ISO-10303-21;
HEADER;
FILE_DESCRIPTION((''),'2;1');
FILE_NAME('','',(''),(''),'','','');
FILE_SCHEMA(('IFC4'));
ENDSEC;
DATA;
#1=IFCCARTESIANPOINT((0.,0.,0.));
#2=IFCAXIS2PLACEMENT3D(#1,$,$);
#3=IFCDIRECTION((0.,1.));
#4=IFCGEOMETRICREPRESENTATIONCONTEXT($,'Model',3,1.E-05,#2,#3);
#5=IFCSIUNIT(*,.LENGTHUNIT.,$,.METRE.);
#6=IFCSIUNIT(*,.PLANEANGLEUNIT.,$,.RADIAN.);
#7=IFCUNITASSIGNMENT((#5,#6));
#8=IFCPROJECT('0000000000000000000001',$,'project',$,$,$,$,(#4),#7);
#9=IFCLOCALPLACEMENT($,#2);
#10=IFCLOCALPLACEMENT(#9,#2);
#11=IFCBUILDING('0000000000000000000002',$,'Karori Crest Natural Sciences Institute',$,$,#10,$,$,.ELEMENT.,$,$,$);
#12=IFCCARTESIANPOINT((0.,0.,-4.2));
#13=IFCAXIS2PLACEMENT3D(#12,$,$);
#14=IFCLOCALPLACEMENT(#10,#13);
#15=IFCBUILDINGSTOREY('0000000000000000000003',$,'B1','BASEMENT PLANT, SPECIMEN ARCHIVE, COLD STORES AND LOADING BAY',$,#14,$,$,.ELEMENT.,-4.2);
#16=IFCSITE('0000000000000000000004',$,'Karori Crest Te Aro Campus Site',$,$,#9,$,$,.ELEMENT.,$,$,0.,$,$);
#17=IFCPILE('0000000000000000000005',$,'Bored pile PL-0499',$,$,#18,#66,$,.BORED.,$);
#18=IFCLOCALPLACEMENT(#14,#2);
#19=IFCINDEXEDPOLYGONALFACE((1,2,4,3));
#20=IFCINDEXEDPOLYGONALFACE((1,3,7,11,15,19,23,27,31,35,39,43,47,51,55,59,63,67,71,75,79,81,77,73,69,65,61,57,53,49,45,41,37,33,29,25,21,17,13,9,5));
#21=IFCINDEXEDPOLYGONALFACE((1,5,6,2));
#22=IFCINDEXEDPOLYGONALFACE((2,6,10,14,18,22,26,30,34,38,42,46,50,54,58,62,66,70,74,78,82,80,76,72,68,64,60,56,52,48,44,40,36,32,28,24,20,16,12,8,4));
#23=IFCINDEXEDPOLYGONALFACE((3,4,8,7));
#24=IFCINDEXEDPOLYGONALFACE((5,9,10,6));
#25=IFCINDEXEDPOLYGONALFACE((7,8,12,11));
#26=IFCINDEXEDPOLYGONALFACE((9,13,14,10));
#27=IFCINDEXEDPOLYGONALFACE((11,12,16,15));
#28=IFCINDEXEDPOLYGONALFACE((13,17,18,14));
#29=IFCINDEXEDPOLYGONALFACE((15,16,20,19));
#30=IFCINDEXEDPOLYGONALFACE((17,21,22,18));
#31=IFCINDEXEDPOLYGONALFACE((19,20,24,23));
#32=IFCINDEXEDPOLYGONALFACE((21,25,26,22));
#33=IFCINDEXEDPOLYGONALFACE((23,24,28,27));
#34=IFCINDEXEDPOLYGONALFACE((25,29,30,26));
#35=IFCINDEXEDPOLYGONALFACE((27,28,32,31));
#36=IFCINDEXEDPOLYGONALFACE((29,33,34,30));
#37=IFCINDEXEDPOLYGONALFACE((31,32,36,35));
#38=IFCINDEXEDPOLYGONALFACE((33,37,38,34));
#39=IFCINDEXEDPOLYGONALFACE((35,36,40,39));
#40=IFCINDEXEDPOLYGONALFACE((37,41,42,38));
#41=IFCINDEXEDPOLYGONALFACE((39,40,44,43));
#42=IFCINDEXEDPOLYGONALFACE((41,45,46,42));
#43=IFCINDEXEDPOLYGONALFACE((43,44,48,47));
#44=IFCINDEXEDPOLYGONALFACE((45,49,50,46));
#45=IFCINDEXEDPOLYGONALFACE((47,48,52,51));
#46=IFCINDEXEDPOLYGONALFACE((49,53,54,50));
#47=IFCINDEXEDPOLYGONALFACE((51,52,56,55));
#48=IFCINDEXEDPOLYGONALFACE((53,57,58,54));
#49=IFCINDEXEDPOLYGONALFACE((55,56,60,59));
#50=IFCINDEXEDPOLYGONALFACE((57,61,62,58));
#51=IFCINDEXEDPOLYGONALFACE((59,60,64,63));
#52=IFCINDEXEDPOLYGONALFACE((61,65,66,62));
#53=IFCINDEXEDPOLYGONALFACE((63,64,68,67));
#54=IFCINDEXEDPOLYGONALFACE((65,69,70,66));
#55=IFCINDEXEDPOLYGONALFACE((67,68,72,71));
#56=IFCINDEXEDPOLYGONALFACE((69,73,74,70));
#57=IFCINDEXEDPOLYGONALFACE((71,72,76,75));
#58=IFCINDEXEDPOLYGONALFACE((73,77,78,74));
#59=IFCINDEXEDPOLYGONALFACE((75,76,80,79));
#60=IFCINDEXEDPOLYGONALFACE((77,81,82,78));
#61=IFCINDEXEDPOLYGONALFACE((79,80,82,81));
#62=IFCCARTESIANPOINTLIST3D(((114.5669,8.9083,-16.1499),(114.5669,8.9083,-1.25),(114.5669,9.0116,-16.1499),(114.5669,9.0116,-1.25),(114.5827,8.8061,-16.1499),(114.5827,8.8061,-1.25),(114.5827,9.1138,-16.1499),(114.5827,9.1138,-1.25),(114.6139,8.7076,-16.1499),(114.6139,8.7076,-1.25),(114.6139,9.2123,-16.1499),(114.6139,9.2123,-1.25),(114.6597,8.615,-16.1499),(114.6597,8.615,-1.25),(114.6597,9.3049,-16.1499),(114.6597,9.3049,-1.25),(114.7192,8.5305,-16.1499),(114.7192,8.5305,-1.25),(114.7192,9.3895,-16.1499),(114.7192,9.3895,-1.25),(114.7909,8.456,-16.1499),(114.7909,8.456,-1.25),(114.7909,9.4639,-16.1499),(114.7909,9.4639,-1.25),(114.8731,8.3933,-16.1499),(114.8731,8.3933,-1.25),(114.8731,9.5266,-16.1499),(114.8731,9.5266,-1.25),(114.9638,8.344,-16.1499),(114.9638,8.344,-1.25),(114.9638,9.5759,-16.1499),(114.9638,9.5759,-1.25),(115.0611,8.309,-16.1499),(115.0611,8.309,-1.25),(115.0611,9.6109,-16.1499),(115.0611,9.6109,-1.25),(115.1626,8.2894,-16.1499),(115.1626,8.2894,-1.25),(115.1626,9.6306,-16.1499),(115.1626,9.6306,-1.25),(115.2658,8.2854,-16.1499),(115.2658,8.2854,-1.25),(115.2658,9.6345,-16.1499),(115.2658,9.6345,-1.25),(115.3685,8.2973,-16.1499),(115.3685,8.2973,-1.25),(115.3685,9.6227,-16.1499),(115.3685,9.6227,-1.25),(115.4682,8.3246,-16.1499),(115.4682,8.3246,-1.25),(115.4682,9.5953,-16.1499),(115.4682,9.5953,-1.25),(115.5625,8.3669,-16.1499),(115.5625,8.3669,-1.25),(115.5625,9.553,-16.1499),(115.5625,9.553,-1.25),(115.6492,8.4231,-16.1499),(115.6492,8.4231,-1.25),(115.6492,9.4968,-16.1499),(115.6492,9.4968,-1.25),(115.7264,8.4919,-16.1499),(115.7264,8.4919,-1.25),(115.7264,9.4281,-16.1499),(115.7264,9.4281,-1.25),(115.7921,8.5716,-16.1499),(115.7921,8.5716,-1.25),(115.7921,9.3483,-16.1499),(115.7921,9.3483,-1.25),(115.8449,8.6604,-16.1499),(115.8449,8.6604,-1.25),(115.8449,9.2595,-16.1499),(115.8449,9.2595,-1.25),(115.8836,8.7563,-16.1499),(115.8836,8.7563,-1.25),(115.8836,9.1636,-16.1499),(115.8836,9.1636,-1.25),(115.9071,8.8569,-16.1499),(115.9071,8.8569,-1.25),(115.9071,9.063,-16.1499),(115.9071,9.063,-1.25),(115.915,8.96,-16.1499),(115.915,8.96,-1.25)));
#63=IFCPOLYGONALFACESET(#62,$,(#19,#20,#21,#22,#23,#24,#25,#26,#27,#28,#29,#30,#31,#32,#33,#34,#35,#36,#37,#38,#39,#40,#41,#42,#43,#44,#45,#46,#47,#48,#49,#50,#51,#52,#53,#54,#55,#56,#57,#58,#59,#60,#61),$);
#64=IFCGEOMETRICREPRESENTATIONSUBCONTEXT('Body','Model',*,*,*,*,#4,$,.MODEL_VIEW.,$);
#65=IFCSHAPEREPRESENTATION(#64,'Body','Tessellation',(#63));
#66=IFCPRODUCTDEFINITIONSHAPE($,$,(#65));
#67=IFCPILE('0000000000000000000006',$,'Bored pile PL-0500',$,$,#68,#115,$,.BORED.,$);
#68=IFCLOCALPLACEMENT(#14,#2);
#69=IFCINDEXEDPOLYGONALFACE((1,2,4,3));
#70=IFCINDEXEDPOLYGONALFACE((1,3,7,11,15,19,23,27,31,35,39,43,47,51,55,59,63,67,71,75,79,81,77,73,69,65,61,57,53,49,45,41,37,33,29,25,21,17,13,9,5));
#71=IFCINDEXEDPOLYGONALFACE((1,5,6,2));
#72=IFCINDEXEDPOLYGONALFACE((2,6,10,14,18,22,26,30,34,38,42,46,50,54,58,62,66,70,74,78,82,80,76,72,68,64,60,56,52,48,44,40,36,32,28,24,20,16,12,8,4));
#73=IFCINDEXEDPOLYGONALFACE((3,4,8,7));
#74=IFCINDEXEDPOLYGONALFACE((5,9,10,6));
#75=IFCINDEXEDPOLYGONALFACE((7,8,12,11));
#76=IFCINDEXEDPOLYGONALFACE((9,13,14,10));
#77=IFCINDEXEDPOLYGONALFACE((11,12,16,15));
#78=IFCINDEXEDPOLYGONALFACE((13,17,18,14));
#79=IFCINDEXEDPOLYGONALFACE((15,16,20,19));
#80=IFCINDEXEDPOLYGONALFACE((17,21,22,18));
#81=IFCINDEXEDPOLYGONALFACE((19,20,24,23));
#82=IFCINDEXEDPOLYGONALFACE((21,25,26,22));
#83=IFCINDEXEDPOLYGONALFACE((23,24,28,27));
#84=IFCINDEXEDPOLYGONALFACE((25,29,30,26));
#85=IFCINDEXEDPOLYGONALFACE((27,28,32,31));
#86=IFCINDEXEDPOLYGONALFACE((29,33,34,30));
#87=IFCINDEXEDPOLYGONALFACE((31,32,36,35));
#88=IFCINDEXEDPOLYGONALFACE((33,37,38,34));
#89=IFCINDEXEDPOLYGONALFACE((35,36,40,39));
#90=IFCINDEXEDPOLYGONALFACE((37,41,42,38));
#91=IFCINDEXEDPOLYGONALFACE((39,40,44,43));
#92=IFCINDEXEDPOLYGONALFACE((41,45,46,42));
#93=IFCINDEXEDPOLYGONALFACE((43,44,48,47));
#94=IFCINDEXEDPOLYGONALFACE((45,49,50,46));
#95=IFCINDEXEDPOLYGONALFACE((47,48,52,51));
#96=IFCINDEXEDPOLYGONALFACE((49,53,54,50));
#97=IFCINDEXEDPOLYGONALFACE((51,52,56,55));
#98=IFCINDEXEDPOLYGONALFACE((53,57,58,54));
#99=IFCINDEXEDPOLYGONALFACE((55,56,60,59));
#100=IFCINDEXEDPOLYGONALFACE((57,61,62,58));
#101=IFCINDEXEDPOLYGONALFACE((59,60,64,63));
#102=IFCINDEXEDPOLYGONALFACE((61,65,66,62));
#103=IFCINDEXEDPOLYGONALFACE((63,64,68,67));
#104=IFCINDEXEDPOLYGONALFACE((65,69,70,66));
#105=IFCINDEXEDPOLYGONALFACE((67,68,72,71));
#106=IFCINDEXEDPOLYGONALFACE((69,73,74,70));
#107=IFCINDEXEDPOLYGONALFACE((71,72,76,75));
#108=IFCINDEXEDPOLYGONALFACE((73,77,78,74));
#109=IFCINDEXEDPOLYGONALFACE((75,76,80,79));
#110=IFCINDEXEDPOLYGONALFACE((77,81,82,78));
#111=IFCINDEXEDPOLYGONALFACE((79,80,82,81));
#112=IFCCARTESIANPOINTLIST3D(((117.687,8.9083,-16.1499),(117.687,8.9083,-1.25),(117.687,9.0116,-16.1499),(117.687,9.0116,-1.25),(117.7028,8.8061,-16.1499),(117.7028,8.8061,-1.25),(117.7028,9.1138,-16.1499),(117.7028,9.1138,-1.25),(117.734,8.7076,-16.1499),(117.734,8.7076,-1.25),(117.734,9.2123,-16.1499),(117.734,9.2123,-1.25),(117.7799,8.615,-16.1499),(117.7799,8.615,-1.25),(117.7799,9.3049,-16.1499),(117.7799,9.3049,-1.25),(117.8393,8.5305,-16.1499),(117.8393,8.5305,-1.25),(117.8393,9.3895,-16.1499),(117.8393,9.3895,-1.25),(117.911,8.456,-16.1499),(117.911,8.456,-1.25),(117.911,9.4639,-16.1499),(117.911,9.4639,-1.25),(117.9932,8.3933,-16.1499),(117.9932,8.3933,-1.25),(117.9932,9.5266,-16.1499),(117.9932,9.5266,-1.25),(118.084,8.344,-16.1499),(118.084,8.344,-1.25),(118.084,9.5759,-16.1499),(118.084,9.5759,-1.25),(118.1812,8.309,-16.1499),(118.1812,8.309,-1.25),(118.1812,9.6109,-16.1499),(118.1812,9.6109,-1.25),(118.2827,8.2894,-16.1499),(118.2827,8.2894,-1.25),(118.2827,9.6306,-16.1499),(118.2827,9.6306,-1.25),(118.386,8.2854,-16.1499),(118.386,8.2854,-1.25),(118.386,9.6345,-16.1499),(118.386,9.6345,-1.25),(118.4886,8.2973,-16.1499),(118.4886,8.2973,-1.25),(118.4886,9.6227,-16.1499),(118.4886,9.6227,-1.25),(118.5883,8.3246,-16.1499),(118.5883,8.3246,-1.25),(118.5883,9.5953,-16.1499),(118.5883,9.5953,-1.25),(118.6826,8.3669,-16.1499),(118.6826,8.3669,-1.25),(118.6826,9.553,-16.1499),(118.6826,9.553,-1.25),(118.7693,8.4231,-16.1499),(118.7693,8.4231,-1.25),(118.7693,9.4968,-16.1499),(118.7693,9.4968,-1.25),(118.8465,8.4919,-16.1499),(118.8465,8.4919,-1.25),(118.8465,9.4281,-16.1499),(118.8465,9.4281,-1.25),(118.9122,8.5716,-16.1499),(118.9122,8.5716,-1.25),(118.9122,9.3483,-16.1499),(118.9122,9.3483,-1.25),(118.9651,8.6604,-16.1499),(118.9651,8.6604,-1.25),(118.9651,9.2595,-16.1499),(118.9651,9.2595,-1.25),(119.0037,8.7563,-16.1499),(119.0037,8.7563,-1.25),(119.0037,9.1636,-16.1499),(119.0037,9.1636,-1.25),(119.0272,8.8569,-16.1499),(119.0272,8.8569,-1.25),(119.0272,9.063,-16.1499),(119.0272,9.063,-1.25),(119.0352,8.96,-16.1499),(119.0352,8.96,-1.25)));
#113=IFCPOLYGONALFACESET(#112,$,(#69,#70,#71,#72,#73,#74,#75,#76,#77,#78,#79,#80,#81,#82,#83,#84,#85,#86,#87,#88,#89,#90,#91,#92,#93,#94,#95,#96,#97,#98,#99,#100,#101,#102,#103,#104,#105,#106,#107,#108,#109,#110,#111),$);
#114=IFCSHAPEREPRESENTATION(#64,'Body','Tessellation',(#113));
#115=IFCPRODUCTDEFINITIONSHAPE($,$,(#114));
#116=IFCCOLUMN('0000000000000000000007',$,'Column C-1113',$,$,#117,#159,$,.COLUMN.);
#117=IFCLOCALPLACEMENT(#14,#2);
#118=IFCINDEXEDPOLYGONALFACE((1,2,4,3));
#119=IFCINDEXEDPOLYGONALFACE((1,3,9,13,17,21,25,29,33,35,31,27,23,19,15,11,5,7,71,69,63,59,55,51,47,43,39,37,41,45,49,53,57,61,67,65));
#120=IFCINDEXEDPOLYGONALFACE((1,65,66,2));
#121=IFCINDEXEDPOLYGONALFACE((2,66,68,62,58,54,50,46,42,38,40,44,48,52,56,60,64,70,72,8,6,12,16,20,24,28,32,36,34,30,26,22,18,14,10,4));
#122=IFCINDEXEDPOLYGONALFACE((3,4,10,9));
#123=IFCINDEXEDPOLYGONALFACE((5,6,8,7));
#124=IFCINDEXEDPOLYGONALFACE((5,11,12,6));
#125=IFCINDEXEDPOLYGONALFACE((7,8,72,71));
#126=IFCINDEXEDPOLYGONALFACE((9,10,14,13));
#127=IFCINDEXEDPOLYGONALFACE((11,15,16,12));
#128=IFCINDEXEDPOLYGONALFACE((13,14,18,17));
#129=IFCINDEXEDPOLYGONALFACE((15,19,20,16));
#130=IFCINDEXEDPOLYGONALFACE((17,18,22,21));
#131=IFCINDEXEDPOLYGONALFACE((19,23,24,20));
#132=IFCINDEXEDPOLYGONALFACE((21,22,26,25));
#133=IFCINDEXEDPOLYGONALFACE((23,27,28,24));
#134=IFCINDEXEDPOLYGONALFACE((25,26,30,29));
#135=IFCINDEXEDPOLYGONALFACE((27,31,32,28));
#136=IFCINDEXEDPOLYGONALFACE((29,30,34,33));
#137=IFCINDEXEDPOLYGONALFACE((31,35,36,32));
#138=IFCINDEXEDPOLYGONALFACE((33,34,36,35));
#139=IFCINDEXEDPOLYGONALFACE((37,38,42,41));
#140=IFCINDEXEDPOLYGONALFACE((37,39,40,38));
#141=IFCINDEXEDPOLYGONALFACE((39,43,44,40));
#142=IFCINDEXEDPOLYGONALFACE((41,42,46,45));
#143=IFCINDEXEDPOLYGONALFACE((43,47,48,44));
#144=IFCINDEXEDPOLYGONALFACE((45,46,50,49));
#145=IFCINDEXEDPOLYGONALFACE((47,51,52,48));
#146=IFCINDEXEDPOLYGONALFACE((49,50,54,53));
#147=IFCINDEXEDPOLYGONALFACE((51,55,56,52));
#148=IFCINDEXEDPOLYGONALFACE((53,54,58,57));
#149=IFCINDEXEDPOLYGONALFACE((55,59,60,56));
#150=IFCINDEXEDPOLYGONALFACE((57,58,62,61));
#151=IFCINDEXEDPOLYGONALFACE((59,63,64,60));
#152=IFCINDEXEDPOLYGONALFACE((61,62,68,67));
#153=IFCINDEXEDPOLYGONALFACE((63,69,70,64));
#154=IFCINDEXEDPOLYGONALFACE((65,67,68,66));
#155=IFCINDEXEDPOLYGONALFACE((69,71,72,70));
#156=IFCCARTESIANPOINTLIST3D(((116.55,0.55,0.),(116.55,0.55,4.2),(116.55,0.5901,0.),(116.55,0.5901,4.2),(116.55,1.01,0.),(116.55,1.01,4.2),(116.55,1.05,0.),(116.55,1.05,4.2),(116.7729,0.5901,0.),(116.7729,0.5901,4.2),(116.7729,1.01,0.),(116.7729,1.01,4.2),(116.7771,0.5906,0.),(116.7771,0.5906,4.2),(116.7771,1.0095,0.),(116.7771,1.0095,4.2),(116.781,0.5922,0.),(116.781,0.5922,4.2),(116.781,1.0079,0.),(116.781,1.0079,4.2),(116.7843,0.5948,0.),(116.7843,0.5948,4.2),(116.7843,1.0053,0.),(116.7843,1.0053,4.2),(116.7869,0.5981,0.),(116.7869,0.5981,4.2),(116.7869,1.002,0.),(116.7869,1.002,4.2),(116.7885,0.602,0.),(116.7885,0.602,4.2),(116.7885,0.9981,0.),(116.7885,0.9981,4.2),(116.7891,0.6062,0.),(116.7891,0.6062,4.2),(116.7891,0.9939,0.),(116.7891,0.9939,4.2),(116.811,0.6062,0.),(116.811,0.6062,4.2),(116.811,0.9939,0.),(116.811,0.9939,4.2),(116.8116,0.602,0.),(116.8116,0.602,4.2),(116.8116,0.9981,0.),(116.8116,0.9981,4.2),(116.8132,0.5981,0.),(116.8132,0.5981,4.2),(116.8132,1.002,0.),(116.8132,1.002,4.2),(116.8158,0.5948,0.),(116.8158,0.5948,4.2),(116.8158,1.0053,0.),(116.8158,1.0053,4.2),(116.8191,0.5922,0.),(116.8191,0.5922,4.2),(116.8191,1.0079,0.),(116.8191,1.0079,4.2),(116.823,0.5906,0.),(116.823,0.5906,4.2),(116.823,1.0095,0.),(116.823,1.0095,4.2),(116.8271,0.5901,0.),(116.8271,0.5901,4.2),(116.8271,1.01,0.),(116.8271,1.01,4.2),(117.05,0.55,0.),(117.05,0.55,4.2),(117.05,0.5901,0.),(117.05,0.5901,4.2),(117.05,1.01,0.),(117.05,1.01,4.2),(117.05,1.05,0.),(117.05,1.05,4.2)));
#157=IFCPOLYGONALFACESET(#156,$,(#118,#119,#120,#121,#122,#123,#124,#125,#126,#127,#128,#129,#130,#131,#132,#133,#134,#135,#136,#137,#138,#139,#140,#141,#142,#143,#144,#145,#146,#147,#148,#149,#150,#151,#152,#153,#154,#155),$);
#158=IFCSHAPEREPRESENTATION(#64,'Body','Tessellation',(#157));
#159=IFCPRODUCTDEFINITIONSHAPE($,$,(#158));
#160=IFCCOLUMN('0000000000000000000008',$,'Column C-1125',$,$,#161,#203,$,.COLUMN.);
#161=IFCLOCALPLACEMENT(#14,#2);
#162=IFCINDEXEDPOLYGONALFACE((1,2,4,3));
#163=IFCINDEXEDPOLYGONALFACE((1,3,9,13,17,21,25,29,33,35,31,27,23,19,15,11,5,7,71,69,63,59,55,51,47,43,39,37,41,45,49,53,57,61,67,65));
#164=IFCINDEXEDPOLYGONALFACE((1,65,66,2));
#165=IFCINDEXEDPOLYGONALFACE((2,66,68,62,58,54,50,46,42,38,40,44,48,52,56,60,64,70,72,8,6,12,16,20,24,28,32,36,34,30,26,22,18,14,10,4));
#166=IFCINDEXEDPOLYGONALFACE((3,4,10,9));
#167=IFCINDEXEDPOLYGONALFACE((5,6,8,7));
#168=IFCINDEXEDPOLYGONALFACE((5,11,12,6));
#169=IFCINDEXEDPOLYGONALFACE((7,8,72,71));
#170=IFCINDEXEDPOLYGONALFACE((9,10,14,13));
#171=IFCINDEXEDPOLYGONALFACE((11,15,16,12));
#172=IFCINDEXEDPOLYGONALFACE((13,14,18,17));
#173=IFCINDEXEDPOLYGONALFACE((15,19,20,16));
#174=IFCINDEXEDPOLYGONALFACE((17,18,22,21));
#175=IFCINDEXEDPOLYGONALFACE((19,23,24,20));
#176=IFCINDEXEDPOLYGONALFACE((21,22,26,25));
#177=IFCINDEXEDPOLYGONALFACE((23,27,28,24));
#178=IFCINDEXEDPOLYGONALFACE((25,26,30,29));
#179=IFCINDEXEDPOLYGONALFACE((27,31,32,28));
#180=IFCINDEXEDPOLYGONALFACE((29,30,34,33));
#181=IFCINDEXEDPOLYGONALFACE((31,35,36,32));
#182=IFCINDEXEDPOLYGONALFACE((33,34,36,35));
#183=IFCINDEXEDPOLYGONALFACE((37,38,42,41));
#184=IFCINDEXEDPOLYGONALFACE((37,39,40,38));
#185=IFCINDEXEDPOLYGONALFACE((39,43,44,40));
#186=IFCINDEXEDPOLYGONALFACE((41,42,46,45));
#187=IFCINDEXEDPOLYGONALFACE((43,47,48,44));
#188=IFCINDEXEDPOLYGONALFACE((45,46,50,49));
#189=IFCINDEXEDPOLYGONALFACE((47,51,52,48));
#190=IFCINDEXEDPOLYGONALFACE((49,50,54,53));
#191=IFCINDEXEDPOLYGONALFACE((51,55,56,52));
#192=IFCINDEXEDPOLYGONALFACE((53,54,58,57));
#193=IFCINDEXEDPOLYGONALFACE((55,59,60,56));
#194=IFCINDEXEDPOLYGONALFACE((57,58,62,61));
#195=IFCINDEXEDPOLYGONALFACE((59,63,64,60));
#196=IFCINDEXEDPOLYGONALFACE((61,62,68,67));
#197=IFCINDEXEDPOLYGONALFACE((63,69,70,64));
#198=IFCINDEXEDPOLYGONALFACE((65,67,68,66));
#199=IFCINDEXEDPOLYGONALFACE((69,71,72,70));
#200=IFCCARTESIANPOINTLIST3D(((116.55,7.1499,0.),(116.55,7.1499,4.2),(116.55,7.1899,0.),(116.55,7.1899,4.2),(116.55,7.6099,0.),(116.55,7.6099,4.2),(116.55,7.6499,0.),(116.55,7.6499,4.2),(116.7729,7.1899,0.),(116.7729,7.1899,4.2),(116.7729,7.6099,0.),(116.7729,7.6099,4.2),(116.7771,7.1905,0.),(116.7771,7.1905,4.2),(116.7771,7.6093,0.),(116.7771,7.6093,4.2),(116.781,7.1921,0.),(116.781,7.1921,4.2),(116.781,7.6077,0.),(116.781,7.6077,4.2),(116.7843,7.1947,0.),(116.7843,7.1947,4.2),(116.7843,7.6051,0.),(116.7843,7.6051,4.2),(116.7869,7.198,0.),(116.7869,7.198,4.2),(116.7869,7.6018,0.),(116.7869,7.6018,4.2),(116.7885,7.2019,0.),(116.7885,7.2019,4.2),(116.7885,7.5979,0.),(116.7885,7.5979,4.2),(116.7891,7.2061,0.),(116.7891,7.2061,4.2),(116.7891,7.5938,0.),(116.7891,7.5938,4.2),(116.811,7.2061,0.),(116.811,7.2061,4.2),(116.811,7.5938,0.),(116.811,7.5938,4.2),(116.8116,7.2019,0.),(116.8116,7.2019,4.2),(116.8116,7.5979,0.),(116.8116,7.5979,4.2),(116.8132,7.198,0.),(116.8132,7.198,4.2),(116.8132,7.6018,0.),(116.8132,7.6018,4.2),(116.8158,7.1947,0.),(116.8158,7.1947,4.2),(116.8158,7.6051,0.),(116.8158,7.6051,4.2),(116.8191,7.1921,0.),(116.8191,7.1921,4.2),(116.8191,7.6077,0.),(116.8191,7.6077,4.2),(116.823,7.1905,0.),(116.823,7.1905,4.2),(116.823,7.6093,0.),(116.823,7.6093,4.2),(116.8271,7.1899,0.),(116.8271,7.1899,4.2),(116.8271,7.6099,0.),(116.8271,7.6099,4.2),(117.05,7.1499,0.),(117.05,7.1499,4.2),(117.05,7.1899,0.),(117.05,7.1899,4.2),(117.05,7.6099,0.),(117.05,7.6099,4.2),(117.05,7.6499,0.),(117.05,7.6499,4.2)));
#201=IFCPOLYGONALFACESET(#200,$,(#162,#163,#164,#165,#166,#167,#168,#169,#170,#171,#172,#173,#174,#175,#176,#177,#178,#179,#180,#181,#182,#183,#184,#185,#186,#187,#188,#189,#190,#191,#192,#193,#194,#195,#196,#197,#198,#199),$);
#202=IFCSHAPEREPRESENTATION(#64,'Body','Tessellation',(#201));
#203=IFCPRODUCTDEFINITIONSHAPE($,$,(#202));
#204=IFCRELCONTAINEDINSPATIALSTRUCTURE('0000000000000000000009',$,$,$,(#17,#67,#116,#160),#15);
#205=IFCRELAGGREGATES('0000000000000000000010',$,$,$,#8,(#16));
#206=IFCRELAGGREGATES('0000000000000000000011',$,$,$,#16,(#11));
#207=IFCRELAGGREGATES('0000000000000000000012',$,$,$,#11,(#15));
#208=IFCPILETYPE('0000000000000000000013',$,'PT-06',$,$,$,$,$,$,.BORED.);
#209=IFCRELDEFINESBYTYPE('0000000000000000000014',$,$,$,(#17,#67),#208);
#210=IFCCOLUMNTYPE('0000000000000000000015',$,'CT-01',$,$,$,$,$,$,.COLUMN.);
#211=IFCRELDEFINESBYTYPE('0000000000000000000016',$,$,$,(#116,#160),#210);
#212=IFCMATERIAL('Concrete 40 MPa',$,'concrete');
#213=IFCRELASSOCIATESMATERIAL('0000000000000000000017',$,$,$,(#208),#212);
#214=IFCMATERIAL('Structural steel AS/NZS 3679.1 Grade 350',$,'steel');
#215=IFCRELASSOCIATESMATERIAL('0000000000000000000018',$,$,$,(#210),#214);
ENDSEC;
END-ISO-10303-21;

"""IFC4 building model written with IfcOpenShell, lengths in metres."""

from ifc_helpers import new_model, si_unit, direction, frame, origin, origin_2d, place, context, subcontext, project, spatial, circle, i_section, extrude, material, material_profile, profile_set, type_object, element, save


model = new_model("IFC4")

# Units and contexts
model_context = context("Model", 3, precision=1e-05, world=origin(), true_north=direction((0.0, 1.0)))
body_context = subcontext(model_context, "Body", "Model", "MODEL_VIEW")
ifc_project = project(units=[si_unit("LENGTHUNIT", "METRE"), si_unit("PLANEANGLEUNIT", "RADIAN")], contexts=[model_context])

# Site, building, storey
site_placement = place(None, origin())
site = spatial("IfcSite", under=ifc_project, at=site_placement, Name="Karori Crest Te Aro Campus Site", CompositionType="ELEMENT", RefElevation=0.0)
building_placement = place(site_placement, origin())
building = spatial("IfcBuilding", under=site, at=building_placement, Name="Karori Crest Natural Sciences Institute", CompositionType="ELEMENT")
storey_placement = place(building_placement, frame((0.0, 0.0, -4.2)))
storey = spatial("IfcBuildingStorey", under=building, at=storey_placement, Name="B1", Description="BASEMENT PLANT, SPECIMEN ARCHIVE, COLD STORES AND LOADING BAY", CompositionType="ELEMENT", Elevation=-4.2)

# Shared definitions
ifc_material_1 = material(Name="Concrete 40 MPa", Category="concrete")

# Piles
ifc_material_profile_1 = material_profile(ifc_material_1, circle(Radius=0.675, at=origin_2d()), Name="PILE1350")
ifc_profile_set_1 = profile_set([ifc_material_profile_1], Name="Concrete 40 MPa")
pile_type = type_object("IfcPileType", Name="PT-06", PredefinedType="BORED", material=ifc_profile_set_1)
for number, where, z_axis, x_axis, name in (
    (1, (115.24, 8.96, -1.25), (0.0, 0.0, -1.0), (1.0, 0.0, 0.0), "Bored pile PL-0499"),
    (2, (118.3601, 8.96, -1.25), (0.0, 0.0, -1.0), (1.0, 0.0, 0.0), "Bored pile PL-0500"),
):
    element("IfcPile", number, at=place(storey_placement, frame(where, z_axis=z_axis, x_axis=x_axis)), inside=storey, type_object=pile_type, Name=name, PredefinedType="BORED", context=body_context, shape_type="SweptSolid", body=[
        extrude(circle(Radius=0.675, at=origin_2d()), origin(), (0.0, 0.0, 1.0), 14.8999),
    ])

# Columns
ifc_material_2 = material(Name="Structural steel AS/NZS 3679.1 Grade 350", Category="steel")
ifc_material_profile_2 = material_profile(ifc_material_2, i_section(OverallWidth=0.5, OverallDepth=0.5, WebThickness=0.022, FlangeThickness=0.04, FilletRadius=0.0161, at=origin_2d()), Name="500WC440")
ifc_profile_set_2 = profile_set([ifc_material_profile_2], Name="Structural steel AS/NZS 3679.1 Grade 350")
column_type = type_object("IfcColumnType", Name="CT-01", PredefinedType="COLUMN", material=ifc_profile_set_2)
for number, where, z_axis, x_axis, name in (
    (3, (116.8, 0.8, 0.0), (0.0, 0.0, 1.0), (1.0, 0.0, 0.0), "Column C-1113"),
    (4, (116.8, 7.3999, 0.0), (0.0, 0.0, 1.0), (1.0, 0.0, 0.0), "Column C-1125"),
):
    element("IfcColumn", number, at=place(storey_placement, frame(where, z_axis=z_axis, x_axis=x_axis)), inside=storey, type_object=column_type, Name=name, PredefinedType="COLUMN", context=body_context, shape_type="SweptSolid", body=[
        extrude(i_section(OverallWidth=0.5, OverallDepth=0.5, WebThickness=0.022, FlangeThickness=0.04, FilletRadius=0.0161, at=origin_2d()), origin(), (0.0, 0.0, 1.0), 4.2),
    ])

save(model, "model.ifc")
